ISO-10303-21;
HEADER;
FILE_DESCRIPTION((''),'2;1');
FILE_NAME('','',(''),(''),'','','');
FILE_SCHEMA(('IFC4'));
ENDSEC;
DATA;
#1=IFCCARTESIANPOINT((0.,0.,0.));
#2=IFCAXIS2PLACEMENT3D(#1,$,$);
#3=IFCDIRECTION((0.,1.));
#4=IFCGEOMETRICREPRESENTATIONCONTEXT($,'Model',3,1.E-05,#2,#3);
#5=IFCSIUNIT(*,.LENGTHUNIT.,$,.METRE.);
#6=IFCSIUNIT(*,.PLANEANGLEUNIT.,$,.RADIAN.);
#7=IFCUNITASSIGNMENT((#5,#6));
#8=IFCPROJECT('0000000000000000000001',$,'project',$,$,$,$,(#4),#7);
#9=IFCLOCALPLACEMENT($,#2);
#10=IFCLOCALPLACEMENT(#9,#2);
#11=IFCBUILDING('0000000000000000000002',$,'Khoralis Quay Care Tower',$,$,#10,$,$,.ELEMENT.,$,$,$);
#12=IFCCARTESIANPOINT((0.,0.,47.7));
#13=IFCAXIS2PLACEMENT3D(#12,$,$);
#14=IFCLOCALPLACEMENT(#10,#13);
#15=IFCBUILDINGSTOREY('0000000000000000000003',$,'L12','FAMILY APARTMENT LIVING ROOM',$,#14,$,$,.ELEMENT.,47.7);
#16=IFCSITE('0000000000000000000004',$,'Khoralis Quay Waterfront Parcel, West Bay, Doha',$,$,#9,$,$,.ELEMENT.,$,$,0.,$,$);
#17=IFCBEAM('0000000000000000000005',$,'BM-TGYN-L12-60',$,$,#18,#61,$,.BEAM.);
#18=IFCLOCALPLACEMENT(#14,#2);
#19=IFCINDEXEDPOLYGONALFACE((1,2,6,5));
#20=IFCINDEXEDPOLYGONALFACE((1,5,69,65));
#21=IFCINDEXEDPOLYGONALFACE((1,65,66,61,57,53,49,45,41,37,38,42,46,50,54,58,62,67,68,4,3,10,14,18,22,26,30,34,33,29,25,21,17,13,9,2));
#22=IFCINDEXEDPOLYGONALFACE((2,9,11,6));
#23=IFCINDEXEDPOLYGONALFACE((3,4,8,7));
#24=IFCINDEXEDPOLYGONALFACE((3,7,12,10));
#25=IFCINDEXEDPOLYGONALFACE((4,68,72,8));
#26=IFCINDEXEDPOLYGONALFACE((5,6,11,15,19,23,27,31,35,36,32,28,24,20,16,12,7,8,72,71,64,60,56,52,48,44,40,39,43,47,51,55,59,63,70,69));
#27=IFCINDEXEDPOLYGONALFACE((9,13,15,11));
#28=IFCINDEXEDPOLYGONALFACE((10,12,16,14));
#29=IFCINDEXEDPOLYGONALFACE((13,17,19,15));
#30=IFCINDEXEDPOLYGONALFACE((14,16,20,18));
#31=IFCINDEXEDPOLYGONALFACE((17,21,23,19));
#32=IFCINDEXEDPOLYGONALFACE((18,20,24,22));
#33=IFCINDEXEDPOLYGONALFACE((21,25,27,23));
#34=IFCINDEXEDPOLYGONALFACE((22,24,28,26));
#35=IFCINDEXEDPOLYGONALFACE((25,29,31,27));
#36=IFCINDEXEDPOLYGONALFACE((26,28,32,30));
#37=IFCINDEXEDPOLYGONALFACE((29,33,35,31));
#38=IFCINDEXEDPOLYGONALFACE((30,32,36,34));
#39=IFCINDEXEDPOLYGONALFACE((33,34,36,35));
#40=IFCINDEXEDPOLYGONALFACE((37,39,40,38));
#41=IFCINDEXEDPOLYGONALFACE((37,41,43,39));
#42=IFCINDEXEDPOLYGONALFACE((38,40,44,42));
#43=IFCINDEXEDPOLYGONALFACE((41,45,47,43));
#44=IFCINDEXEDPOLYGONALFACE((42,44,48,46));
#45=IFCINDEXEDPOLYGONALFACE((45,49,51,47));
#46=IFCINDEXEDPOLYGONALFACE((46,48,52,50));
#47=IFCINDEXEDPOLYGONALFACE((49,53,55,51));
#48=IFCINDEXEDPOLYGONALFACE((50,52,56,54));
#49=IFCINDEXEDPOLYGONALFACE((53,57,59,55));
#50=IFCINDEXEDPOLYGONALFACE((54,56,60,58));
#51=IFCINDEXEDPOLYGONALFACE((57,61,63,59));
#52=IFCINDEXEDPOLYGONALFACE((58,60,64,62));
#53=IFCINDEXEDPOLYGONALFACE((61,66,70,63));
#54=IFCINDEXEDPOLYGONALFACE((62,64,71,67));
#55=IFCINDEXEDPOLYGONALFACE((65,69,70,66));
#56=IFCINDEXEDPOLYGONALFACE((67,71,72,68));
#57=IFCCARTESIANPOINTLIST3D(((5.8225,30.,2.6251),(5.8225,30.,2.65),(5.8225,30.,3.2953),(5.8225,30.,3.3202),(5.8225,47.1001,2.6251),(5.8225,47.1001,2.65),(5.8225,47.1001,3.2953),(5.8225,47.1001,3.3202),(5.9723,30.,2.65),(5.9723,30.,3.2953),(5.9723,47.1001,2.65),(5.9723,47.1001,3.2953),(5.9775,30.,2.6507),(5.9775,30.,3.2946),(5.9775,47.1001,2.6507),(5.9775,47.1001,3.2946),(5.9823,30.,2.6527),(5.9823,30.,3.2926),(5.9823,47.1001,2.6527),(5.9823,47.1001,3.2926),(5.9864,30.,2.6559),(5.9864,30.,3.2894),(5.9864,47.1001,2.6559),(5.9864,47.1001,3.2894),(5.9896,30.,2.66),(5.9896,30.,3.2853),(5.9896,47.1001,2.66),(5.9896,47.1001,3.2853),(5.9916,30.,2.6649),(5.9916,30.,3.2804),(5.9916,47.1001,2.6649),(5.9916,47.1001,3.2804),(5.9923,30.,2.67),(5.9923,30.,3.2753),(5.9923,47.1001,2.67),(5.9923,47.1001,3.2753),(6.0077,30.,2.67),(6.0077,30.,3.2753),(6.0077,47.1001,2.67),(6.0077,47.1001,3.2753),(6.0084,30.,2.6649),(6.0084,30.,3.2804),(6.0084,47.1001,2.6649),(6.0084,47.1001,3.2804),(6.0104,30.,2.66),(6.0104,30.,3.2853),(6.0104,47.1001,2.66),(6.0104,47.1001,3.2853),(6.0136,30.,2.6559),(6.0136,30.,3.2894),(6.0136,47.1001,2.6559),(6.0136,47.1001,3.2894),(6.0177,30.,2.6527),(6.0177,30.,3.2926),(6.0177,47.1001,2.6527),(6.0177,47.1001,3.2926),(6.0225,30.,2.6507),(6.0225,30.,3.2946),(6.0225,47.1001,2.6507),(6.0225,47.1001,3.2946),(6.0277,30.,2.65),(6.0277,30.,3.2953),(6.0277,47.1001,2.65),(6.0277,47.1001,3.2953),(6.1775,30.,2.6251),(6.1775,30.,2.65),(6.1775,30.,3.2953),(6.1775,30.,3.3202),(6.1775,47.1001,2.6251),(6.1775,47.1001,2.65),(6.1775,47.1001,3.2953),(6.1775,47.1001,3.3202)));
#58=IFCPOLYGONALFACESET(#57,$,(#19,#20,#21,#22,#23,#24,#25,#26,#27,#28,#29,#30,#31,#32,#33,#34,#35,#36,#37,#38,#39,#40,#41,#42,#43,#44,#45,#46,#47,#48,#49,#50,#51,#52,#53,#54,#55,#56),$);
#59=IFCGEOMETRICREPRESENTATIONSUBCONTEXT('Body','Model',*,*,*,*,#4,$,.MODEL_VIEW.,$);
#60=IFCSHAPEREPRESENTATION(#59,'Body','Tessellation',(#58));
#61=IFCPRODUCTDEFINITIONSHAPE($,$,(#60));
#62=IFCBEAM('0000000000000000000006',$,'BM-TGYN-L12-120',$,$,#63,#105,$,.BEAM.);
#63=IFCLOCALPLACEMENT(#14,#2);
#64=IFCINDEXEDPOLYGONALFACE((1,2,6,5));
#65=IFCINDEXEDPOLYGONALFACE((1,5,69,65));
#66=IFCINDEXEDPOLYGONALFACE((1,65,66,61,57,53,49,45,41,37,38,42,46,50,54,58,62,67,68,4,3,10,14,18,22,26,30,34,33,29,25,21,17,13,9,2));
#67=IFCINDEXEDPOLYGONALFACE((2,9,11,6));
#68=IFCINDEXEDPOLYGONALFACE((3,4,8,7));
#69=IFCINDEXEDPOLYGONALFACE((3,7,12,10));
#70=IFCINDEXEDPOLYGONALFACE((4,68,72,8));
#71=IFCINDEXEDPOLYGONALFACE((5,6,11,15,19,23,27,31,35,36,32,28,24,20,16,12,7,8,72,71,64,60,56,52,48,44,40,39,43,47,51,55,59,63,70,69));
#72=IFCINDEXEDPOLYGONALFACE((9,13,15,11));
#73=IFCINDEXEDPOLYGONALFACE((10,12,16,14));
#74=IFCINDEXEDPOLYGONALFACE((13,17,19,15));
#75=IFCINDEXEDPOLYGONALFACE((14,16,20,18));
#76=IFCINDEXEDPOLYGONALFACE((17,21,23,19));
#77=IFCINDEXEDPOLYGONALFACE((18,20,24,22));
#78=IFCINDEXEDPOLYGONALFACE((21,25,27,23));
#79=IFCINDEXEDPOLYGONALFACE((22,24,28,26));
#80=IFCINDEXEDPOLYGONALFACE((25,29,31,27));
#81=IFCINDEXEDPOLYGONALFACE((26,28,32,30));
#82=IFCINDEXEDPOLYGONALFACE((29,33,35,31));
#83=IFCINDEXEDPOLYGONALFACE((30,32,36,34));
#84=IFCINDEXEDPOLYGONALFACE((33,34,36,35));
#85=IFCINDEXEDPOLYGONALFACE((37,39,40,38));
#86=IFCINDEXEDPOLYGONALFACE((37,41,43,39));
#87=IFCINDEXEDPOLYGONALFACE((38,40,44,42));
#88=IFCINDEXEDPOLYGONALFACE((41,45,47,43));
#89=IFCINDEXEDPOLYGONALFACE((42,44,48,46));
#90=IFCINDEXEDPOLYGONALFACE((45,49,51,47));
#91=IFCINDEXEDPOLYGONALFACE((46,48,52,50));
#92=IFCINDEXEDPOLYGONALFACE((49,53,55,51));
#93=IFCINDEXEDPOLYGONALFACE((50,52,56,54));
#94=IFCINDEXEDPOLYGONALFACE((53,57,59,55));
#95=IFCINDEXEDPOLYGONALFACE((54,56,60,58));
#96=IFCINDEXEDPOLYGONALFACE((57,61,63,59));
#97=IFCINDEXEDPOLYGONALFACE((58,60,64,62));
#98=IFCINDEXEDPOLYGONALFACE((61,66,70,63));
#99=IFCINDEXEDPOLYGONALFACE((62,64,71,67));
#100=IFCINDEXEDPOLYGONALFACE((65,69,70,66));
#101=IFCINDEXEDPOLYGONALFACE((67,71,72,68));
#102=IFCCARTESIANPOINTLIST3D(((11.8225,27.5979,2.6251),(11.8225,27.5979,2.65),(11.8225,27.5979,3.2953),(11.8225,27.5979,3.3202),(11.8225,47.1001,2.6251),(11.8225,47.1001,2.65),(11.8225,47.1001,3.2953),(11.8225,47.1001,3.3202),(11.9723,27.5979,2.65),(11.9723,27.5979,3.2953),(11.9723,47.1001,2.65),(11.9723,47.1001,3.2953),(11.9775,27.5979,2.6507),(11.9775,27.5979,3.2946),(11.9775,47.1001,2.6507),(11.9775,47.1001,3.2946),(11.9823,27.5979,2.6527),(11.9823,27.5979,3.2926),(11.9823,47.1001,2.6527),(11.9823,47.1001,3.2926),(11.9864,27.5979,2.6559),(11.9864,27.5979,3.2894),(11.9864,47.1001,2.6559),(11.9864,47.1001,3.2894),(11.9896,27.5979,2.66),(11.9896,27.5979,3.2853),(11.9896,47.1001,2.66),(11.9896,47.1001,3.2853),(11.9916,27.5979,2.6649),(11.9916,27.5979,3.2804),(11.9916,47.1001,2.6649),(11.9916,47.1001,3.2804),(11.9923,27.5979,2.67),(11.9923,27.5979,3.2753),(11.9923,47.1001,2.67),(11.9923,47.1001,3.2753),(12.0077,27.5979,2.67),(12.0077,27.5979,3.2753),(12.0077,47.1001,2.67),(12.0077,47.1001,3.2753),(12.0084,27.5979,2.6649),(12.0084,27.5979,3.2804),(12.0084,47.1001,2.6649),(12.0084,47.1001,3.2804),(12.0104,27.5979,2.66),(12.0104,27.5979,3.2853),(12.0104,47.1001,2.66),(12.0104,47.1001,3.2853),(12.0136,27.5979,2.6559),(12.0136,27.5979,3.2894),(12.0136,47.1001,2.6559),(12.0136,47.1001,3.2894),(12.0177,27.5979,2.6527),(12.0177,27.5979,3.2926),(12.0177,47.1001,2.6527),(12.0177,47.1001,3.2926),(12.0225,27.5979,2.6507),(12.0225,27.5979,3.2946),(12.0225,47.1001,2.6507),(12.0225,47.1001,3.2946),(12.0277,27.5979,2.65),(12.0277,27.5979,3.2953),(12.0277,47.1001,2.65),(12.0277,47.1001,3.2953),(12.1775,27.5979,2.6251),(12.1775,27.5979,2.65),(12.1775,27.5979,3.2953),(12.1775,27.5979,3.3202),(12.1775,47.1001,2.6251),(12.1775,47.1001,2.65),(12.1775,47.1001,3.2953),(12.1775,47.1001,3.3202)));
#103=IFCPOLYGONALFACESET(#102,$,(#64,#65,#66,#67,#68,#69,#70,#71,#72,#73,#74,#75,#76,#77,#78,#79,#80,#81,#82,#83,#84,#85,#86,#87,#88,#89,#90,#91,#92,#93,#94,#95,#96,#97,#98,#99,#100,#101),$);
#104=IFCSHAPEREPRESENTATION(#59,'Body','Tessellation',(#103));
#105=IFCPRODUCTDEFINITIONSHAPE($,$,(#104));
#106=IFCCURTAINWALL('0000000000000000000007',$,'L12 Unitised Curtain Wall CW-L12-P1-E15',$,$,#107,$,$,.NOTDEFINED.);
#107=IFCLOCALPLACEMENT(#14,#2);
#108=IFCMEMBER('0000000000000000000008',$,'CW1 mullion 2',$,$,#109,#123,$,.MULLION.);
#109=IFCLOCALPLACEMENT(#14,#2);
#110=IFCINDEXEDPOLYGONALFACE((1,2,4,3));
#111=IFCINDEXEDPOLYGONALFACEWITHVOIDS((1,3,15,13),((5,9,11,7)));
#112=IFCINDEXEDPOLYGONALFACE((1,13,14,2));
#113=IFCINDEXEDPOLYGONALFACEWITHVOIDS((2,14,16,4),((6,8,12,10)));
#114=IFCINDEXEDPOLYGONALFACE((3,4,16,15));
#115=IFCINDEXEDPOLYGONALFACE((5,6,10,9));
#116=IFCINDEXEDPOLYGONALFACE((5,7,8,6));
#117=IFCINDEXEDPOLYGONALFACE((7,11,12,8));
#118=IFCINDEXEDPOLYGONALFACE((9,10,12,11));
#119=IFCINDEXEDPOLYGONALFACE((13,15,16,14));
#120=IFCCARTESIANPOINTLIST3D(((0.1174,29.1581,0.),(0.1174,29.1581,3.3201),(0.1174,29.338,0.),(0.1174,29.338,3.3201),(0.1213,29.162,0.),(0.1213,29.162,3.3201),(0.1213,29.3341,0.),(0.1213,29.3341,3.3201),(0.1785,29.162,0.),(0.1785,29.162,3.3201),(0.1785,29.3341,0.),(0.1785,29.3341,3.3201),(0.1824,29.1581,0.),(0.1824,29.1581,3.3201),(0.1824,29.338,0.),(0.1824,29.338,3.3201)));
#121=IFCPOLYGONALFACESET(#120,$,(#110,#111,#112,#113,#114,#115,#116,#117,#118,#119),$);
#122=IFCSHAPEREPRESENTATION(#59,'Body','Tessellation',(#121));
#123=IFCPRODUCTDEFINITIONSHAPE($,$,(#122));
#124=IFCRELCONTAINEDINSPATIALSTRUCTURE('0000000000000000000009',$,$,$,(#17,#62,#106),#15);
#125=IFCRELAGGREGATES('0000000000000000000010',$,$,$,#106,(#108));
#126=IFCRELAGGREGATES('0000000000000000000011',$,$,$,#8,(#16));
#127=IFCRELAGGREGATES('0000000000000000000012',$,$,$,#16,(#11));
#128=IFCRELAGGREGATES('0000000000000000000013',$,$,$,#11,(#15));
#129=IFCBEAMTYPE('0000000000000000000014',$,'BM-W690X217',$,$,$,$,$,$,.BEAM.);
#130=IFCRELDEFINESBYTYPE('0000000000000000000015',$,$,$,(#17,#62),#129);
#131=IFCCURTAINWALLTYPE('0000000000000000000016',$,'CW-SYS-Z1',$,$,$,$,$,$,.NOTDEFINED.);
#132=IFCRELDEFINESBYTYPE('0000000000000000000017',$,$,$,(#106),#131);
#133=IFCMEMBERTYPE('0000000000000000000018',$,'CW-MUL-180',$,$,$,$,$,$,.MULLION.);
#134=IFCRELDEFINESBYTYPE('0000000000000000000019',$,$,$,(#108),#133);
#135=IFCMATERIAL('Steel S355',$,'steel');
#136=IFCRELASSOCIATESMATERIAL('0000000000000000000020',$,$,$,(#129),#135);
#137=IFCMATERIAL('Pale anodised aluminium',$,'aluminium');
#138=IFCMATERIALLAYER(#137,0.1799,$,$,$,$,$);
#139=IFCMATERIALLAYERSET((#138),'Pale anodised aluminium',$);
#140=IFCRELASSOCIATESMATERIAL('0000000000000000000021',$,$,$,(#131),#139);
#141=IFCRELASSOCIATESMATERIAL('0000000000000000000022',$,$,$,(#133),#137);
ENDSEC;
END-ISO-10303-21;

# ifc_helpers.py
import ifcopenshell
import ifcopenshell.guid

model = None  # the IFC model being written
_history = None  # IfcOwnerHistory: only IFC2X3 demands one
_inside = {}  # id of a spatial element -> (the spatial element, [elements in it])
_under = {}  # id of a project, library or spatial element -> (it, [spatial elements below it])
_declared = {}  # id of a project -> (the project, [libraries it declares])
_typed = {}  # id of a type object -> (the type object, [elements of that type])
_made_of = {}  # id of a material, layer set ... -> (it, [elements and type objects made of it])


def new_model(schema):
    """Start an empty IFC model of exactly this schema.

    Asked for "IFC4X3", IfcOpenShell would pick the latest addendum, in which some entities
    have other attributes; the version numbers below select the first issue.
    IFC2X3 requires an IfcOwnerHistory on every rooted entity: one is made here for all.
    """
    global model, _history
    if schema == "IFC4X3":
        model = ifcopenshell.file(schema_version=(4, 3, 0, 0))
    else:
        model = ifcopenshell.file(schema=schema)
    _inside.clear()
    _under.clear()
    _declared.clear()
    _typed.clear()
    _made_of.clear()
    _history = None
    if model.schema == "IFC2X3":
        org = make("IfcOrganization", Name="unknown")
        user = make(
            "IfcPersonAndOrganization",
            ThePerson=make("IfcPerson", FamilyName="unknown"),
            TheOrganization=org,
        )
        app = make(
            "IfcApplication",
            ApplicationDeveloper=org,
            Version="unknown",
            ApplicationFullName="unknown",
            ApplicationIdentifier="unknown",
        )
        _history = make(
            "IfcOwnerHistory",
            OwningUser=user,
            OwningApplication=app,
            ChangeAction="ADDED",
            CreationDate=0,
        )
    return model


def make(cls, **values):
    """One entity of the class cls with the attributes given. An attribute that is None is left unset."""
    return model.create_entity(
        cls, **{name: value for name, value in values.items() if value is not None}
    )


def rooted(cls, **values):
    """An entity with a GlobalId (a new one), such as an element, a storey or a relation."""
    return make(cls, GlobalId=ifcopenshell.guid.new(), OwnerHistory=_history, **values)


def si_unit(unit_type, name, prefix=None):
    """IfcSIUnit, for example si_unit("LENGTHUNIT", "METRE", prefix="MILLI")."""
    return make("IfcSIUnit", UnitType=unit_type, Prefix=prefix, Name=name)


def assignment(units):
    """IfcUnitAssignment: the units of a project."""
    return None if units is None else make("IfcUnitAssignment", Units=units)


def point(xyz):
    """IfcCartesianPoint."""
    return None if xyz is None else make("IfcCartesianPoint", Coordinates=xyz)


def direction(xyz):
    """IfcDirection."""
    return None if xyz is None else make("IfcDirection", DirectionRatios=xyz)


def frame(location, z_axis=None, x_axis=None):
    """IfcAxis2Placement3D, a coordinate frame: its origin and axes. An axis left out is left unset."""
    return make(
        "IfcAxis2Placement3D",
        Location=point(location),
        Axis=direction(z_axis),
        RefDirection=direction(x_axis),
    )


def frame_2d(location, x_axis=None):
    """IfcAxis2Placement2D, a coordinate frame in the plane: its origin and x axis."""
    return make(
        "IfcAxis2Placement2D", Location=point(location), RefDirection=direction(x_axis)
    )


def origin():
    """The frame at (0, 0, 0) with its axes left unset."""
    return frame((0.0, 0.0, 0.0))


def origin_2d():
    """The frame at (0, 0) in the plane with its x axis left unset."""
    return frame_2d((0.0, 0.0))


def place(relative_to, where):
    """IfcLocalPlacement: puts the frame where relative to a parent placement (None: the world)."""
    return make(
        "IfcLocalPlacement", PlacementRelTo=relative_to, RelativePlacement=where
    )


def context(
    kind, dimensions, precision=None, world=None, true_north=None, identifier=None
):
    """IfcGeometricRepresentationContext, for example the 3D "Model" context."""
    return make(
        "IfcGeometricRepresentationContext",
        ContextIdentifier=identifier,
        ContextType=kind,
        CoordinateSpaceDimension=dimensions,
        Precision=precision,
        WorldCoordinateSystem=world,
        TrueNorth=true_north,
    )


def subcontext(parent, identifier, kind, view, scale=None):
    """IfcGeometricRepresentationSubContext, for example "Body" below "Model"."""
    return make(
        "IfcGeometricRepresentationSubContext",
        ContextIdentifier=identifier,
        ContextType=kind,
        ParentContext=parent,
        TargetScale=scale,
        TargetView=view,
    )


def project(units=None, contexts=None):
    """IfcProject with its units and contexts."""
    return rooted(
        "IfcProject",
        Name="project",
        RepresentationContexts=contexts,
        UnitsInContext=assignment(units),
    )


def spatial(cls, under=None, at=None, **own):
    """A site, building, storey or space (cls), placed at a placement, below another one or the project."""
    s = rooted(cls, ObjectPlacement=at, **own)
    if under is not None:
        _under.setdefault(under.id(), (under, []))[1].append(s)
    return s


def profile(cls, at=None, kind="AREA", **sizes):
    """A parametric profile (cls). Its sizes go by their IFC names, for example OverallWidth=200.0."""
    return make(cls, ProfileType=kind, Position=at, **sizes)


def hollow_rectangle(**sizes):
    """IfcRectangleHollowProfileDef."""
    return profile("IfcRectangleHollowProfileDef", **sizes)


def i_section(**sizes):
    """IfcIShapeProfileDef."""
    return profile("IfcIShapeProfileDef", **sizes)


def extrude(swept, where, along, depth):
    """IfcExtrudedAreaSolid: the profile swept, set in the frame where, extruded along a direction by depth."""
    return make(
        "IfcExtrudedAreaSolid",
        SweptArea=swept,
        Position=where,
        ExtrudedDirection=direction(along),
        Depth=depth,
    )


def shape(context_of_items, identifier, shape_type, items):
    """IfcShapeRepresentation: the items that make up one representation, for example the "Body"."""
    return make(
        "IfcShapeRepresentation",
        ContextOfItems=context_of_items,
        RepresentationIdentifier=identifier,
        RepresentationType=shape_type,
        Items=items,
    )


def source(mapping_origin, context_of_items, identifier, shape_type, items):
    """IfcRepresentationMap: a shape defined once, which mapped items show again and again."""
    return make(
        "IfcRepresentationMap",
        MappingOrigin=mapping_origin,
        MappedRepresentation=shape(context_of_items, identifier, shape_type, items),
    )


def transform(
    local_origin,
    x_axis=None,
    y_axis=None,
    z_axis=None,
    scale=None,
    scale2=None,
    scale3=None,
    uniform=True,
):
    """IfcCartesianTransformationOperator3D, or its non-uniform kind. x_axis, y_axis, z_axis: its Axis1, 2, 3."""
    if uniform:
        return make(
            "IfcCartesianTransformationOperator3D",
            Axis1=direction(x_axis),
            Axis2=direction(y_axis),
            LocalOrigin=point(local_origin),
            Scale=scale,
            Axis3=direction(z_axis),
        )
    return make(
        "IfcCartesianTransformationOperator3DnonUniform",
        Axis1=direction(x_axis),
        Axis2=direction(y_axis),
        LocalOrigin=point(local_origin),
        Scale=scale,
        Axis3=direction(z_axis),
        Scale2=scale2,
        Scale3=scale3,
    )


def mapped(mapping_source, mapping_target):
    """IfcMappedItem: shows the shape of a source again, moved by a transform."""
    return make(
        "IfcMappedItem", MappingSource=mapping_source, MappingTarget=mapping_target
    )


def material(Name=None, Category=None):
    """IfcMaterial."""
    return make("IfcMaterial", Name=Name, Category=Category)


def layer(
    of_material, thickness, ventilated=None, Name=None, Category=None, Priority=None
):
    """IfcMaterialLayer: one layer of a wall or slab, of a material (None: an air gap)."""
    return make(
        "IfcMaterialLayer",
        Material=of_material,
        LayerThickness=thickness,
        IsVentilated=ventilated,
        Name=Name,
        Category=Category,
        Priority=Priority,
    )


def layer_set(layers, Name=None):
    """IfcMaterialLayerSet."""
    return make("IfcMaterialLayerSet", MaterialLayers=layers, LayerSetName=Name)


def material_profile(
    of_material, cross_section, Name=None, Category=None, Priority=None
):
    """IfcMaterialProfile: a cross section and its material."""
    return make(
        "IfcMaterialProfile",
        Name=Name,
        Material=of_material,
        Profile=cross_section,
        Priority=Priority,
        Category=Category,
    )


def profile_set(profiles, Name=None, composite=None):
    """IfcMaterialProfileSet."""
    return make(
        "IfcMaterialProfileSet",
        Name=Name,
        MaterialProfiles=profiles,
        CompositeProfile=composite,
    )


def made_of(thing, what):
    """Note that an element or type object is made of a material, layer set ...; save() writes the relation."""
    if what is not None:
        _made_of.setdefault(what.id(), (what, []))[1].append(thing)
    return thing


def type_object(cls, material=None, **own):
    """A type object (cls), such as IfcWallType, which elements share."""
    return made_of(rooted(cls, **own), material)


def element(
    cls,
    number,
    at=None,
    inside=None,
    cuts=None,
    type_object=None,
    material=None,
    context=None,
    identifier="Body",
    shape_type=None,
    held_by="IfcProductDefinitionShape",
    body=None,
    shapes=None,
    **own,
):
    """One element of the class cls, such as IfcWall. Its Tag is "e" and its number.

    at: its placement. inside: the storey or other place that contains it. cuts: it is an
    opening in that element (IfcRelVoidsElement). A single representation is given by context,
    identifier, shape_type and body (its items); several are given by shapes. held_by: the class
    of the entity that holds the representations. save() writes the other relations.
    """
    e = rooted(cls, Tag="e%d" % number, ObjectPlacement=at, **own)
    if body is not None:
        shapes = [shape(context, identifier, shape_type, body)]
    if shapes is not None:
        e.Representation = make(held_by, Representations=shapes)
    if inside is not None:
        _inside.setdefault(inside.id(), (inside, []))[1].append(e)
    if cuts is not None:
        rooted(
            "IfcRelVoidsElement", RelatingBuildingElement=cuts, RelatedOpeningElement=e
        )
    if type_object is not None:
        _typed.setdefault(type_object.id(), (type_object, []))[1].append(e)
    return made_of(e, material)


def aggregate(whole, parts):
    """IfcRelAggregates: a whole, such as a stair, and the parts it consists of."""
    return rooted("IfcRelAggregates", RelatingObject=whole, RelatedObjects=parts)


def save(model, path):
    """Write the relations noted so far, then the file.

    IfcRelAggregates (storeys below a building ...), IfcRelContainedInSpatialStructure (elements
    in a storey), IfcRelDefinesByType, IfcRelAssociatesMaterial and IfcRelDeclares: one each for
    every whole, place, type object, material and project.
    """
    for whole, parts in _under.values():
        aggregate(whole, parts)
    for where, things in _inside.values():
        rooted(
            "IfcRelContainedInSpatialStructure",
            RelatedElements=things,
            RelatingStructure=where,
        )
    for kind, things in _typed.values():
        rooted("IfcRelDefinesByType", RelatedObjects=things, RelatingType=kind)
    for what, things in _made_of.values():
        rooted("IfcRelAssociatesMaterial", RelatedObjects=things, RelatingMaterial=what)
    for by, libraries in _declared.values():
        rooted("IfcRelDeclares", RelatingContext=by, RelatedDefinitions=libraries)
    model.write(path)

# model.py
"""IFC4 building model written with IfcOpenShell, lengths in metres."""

from ifc_helpers import new_model, si_unit, direction, frame, origin, origin_2d, place, context, subcontext, project, spatial, hollow_rectangle, i_section, extrude, source, transform, mapped, material, layer, layer_set, material_profile, profile_set, type_object, element, aggregate, save


model = new_model("IFC4")

# Units and contexts
model_context = context("Model", 3, precision=1e-05, world=origin(), true_north=direction((0.0, 1.0)))
body_context = subcontext(model_context, "Body", "Model", "MODEL_VIEW")
ifc_project = project(units=[si_unit("LENGTHUNIT", "METRE"), si_unit("PLANEANGLEUNIT", "RADIAN")], contexts=[model_context])

# Site, building, storey
site_placement = place(None, origin())
site = spatial("IfcSite", under=ifc_project, at=site_placement, Name="Khoralis Quay Waterfront Parcel, West Bay, Doha", CompositionType="ELEMENT", RefElevation=0.0)
building_placement = place(site_placement, origin())
building = spatial("IfcBuilding", under=site, at=building_placement, Name="Khoralis Quay Care Tower", CompositionType="ELEMENT")
storey_placement = place(building_placement, frame((0.0, 0.0, 47.7)))
storey = spatial("IfcBuildingStorey", under=building, at=storey_placement, Name="L12", Description="FAMILY APARTMENT LIVING ROOM", CompositionType="ELEMENT", Elevation=47.7)

# Beams
ifc_material_1 = material(Name="Steel S355", Category="steel")
ifc_material_profile_1 = material_profile(ifc_material_1, i_section(OverallWidth=0.355, OverallDepth=0.6951, WebThickness=0.0154, FlangeThickness=0.0249, FilletRadius=0.02, at=origin_2d()), Name="Steel S355")
ifc_profile_set_1 = profile_set([ifc_material_profile_1], Name="Steel S355")
beam_type_1 = type_object("IfcBeamType", Name="BM-W690X217", PredefinedType="BEAM", material=ifc_profile_set_1)
shared_shape_1 = source(origin(), body_context, "Body", "SweptSolid", [
    extrude(i_section(OverallWidth=0.355, OverallDepth=0.6951, WebThickness=0.0154, FlangeThickness=0.0249, FilletRadius=0.02, at=origin_2d()), origin(), (0.0, 0.0, 1.0), 17.1001),
])
beam_1_placement = place(storey_placement, frame((6.0, 30.0, 2.9727), z_axis=(0.0, 1.0, 0.0), x_axis=(-1.0, 0.0, 0.0)))
element("IfcBeam", 1, at=beam_1_placement, inside=storey, type_object=beam_type_1, Name="BM-TGYN-L12-60", PredefinedType="BEAM", context=body_context, shape_type="MappedRepresentation", body=[
    mapped(shared_shape_1, transform((0.0, 0.0, 0.0), scale=1.0)),
])
shared_shape_2 = source(origin(), body_context, "Body", "SweptSolid", [
    extrude(i_section(OverallWidth=0.355, OverallDepth=0.6951, WebThickness=0.0154, FlangeThickness=0.0249, FilletRadius=0.02, at=origin_2d()), origin(), (0.0, 0.0, 1.0), 19.5022),
])
beam_2_placement = place(storey_placement, frame((12.0, 27.5979, 2.9727), z_axis=(0.0, 1.0, 0.0), x_axis=(-1.0, 0.0, 0.0)))
element("IfcBeam", 2, at=beam_2_placement, inside=storey, type_object=beam_type_1, Name="BM-TGYN-L12-120", PredefinedType="BEAM", context=body_context, shape_type="MappedRepresentation", body=[
    mapped(shared_shape_2, transform((0.0, 0.0, 0.0), scale=1.0)),
])

# Curtain wall, member
ifc_material_2 = material(Name="Pale anodised aluminium", Category="aluminium")
ifc_layer_1 = layer(ifc_material_2, 0.1799)
ifc_layer_set_1 = layer_set([ifc_layer_1], Name="Pale anodised aluminium")
curtain_wall_type = type_object("IfcCurtainWallType", Name="CW-SYS-Z1", PredefinedType="NOTDEFINED", material=ifc_layer_set_1)
curtain_wall_placement = place(storey_placement, origin())
curtain_wall = element("IfcCurtainWall", 3, at=curtain_wall_placement, inside=storey, type_object=curtain_wall_type, Name="L12 Unitised Curtain Wall CW-L12-P1-E15", PredefinedType="NOTDEFINED")
ifc_material_profile_2 = material_profile(ifc_material_2, hollow_rectangle(XDim=0.0649, YDim=0.1799, WallThickness=0.0039, at=origin_2d()), Name="Pale anodised aluminium")
ifc_profile_set_2 = profile_set([ifc_material_profile_2], Name="Pale anodised aluminium")
member_type = type_object("IfcMemberType", Name="CW-MUL-180", PredefinedType="MULLION", material=ifc_profile_set_2)
shared_shape_3 = source(origin(), body_context, "Body", "SweptSolid", [
    extrude(hollow_rectangle(XDim=0.0649, YDim=0.1799, WallThickness=0.0039, at=origin_2d()), origin(), (0.0, 0.0, 1.0), 3.3201),
])
member_placement = place(storey_placement, frame((0.1499, 29.248, 0.0), z_axis=(0.0, 0.0, 1.0), x_axis=(1.0, 0.0, 0.0)))
member = element("IfcMember", 4, at=member_placement, type_object=member_type, Name="CW1 mullion 2", PredefinedType="MULLION", context=body_context, shape_type="MappedRepresentation", body=[
    mapped(shared_shape_3, transform((0.0, 0.0, 0.0), scale=1.0)),
])
aggregate(curtain_wall, [member])

save(model, "model.ifc")
